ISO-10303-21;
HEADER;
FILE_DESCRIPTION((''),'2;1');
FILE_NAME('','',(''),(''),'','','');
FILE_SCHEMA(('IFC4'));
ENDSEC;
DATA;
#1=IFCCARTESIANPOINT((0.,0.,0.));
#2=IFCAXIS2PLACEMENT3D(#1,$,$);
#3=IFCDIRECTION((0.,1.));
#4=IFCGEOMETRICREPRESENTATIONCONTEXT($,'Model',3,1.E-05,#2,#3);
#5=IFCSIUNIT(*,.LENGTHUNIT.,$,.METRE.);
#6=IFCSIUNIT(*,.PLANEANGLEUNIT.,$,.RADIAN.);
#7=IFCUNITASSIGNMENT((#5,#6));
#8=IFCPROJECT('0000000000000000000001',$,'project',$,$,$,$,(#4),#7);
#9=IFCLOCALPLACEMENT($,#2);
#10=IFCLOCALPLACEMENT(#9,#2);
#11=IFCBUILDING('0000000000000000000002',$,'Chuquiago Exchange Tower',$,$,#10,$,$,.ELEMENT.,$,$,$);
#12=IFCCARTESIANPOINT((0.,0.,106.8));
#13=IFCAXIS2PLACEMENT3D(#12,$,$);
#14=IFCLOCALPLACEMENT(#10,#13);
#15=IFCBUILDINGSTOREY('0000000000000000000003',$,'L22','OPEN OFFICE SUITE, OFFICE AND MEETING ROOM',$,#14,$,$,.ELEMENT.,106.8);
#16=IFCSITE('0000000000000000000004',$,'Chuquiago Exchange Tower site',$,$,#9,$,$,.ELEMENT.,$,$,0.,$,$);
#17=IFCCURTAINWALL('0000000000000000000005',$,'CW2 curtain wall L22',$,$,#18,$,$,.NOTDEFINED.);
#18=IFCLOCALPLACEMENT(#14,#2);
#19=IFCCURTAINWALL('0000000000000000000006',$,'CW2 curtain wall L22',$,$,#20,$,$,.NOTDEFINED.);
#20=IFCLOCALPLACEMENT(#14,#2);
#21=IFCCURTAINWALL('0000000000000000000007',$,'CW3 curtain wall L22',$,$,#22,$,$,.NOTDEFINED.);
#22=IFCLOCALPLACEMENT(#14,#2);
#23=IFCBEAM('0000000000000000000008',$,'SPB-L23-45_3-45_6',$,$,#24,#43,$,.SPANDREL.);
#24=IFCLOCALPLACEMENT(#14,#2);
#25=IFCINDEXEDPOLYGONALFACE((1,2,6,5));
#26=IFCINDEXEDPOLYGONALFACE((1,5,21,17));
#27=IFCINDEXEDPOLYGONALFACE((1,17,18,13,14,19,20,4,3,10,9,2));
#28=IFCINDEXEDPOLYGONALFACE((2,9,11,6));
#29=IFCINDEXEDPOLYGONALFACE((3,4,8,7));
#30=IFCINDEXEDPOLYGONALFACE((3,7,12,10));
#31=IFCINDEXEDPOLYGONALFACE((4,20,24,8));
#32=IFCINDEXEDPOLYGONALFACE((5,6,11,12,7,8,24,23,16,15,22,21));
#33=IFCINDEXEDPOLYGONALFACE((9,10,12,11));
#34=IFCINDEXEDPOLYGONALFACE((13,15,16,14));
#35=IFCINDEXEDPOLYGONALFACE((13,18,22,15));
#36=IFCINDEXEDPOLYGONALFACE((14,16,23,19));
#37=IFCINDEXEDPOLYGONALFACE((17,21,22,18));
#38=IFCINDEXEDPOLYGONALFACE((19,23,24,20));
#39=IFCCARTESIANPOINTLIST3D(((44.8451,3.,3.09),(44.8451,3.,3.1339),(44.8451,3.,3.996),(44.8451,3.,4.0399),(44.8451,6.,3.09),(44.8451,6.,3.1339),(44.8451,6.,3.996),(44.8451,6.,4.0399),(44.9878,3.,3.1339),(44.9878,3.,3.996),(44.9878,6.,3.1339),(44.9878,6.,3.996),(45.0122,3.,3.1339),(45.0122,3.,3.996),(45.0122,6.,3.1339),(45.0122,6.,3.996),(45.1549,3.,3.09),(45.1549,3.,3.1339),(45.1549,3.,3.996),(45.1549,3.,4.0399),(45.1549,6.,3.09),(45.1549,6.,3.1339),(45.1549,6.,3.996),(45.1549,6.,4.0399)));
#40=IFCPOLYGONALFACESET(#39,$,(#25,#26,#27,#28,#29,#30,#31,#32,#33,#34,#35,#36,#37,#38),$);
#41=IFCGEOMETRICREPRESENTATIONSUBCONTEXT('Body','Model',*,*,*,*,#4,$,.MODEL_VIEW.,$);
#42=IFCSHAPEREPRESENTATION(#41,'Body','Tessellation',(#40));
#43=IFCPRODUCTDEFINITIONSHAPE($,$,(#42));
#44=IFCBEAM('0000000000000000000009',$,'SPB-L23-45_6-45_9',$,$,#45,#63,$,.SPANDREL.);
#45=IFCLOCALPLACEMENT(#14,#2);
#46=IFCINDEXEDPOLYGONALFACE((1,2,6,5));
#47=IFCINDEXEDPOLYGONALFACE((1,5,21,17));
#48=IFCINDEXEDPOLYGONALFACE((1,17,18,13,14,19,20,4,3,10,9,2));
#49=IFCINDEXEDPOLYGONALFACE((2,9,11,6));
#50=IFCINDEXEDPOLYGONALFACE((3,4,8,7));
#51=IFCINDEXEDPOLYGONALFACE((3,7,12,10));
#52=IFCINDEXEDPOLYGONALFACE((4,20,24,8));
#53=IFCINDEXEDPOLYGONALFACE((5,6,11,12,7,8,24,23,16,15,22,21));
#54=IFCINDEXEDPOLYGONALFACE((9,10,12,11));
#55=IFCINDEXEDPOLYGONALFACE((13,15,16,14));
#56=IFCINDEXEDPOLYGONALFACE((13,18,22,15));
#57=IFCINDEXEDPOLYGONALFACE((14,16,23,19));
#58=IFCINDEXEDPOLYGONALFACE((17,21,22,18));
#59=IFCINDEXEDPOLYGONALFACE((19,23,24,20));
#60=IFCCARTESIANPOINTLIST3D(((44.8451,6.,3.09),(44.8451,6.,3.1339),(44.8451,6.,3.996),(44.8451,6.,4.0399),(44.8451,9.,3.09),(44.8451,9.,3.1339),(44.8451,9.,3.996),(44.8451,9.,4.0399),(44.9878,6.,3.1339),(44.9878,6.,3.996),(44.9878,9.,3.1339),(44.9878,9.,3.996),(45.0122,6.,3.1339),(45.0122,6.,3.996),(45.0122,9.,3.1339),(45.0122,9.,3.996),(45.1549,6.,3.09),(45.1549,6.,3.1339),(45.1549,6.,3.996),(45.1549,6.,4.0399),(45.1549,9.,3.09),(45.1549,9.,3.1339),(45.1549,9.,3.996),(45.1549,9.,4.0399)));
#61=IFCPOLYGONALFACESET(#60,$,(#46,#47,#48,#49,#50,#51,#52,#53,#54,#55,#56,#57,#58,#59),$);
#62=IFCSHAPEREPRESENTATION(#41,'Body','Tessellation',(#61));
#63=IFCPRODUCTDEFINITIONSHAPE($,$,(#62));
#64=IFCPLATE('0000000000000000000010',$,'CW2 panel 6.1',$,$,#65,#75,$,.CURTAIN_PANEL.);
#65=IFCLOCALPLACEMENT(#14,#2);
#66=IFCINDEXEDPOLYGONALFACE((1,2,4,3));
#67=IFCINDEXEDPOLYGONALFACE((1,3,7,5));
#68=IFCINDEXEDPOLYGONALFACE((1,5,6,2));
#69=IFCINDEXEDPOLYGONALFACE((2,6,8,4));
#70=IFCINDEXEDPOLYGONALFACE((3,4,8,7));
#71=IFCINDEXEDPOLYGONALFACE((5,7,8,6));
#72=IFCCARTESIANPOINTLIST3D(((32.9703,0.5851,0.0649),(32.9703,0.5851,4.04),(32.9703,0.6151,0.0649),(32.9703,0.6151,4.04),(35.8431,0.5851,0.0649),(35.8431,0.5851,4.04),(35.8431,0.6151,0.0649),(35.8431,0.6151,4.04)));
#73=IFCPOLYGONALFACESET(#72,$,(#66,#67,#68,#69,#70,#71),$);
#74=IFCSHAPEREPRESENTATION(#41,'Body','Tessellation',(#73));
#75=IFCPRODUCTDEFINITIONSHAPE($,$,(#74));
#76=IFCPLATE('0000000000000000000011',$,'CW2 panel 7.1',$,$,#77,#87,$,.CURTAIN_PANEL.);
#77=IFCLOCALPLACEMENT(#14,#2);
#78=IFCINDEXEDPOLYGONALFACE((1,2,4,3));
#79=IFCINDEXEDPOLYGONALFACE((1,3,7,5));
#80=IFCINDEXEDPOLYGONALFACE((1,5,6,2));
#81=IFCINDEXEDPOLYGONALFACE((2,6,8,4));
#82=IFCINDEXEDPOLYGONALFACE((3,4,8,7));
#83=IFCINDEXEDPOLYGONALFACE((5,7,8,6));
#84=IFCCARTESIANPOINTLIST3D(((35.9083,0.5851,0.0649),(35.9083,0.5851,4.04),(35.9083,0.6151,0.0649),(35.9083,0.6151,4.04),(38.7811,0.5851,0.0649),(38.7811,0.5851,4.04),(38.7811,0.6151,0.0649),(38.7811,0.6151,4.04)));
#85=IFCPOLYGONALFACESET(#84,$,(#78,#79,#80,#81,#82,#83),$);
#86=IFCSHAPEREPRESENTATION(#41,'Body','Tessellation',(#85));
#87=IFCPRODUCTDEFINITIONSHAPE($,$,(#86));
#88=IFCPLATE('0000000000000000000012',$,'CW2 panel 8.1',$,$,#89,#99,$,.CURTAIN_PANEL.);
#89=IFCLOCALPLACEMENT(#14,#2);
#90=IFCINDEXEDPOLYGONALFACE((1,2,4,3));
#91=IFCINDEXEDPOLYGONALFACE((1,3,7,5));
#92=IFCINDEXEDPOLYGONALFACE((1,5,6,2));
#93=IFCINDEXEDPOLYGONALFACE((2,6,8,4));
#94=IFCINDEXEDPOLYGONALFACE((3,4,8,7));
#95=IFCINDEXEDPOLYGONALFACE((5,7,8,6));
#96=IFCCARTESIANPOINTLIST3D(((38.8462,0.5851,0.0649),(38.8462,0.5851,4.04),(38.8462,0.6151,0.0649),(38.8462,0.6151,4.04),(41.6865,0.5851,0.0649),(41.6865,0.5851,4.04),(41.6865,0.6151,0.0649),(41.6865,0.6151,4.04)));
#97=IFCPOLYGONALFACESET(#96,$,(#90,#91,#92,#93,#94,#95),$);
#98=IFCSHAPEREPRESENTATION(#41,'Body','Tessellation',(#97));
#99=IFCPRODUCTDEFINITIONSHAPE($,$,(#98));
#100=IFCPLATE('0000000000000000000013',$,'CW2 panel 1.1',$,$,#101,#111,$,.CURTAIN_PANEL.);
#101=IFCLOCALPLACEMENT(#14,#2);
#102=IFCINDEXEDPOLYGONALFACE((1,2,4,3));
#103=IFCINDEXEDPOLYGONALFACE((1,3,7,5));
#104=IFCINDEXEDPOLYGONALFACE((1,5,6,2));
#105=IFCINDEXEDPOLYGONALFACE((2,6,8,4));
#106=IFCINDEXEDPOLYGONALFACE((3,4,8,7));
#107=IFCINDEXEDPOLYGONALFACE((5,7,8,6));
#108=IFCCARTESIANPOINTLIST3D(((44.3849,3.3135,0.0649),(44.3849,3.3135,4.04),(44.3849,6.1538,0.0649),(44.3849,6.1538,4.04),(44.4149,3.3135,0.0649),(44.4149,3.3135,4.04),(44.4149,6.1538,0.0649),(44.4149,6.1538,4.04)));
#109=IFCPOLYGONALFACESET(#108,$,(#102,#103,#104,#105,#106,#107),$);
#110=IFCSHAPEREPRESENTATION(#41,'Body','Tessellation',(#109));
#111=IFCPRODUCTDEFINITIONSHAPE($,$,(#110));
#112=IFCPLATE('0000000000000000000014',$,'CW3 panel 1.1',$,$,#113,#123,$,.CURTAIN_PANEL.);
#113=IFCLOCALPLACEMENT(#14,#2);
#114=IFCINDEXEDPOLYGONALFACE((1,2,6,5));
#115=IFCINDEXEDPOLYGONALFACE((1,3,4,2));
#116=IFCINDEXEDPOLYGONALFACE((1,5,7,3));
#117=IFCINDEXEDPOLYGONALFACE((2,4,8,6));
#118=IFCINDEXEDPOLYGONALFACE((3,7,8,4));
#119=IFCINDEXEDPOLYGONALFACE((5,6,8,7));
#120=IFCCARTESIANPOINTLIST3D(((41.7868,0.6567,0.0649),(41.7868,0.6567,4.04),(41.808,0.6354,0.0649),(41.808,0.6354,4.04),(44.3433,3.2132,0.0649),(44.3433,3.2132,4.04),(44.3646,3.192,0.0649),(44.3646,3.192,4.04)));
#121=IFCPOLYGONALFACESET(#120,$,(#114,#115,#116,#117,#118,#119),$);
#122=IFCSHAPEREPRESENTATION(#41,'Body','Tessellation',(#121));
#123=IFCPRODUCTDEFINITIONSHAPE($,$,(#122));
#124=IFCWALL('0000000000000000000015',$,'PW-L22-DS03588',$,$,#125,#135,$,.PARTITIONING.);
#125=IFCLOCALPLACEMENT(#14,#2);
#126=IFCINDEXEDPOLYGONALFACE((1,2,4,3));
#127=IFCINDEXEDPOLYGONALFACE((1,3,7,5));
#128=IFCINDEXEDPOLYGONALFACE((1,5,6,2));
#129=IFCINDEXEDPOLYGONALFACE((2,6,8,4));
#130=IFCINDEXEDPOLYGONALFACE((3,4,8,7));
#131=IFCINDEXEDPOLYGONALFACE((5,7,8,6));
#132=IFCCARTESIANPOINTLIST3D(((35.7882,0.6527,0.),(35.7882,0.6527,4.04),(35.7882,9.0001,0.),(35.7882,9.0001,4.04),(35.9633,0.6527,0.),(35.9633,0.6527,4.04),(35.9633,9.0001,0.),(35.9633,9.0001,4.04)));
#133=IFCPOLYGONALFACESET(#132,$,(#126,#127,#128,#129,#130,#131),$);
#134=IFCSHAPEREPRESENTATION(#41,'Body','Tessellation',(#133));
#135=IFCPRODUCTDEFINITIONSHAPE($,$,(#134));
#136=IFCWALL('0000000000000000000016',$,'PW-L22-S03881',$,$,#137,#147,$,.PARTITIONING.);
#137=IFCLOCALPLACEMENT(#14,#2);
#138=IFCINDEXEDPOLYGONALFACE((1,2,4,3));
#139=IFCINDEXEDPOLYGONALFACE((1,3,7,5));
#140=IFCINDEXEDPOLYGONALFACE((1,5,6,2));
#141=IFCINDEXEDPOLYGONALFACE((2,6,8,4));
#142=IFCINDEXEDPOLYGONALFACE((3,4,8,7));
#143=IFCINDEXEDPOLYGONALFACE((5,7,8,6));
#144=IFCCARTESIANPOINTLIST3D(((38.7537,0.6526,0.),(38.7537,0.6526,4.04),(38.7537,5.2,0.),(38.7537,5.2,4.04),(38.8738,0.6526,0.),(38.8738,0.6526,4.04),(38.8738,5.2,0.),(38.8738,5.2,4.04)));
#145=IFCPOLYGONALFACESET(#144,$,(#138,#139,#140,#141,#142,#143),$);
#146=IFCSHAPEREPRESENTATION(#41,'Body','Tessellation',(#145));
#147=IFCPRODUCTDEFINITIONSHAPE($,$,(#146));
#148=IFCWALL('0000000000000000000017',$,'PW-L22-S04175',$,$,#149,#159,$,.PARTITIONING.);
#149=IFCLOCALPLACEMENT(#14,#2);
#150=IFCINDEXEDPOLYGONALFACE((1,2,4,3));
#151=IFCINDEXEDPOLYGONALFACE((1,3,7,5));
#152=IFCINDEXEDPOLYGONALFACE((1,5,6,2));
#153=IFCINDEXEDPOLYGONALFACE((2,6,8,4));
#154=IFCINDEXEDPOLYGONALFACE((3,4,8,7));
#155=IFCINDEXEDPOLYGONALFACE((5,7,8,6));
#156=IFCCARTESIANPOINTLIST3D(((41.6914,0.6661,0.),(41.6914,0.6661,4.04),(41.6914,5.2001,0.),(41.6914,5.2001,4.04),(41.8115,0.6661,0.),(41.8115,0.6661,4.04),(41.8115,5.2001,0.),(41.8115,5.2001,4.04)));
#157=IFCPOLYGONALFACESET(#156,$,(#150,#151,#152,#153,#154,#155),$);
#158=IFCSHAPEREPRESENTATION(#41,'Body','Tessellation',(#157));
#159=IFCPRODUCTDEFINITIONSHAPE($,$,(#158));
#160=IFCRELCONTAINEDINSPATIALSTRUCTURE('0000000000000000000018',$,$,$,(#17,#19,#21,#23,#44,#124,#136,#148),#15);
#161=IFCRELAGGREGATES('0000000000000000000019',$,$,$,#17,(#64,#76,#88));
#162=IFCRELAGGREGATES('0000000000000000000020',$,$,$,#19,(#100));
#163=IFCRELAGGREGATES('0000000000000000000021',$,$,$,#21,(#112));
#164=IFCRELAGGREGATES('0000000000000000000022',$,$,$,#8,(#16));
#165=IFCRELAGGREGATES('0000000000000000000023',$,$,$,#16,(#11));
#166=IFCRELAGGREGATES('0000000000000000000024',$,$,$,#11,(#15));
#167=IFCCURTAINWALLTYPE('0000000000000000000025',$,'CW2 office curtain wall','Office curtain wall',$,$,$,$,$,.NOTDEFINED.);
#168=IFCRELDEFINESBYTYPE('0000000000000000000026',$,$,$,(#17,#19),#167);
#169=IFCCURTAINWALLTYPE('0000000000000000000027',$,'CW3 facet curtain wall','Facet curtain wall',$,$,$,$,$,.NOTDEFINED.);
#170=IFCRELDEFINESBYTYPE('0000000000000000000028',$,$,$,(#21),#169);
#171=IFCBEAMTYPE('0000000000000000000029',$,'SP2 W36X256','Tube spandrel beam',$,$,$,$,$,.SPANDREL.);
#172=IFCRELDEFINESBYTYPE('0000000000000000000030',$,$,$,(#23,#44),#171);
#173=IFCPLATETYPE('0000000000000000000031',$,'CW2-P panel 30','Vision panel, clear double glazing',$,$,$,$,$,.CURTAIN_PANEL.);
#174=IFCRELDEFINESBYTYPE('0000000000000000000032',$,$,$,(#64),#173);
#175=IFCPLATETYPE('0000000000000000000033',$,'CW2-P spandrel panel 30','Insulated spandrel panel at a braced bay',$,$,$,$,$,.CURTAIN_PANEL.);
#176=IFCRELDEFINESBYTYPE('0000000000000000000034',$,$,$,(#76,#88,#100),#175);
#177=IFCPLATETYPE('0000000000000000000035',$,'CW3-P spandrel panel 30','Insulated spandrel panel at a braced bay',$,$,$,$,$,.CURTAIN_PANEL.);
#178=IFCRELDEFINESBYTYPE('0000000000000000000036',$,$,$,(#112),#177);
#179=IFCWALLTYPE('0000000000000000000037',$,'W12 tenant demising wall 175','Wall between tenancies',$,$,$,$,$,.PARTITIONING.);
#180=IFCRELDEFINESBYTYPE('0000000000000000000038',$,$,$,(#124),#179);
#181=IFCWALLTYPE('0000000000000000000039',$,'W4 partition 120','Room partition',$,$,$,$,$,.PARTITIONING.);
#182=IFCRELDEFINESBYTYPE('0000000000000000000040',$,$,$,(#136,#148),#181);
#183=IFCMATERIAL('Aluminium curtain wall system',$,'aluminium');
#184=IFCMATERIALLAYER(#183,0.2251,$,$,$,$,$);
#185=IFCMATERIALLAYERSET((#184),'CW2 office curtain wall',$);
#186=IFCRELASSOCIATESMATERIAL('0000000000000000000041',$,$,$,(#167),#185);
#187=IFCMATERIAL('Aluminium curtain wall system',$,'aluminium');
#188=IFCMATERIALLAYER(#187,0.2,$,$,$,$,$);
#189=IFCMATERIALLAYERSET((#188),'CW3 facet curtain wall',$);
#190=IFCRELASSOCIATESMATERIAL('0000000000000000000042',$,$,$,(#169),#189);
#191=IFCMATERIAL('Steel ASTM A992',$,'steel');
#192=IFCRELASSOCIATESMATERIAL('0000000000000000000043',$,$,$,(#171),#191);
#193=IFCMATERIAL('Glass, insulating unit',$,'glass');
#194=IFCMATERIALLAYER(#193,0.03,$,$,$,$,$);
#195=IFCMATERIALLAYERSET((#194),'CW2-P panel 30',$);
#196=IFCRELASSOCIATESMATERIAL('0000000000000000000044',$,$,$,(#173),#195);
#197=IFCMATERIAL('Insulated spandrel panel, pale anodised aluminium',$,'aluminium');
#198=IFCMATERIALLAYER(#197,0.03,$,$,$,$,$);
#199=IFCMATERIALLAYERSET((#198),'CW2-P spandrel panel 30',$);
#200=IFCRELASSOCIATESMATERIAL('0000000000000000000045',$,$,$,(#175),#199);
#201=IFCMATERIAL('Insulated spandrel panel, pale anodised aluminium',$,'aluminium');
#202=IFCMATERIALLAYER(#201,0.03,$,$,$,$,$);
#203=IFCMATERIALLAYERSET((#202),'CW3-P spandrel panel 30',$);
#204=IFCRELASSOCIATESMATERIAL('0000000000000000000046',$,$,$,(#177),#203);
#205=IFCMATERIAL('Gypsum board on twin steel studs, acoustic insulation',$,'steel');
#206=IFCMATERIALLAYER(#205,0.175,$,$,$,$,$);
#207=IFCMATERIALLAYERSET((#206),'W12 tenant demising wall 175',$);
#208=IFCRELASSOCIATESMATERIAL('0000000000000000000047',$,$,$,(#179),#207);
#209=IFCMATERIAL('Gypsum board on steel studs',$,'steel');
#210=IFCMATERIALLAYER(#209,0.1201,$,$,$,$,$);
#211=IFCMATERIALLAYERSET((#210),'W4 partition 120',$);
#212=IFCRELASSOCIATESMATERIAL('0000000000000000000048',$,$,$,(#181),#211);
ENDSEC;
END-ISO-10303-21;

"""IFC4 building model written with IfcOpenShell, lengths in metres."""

from ifc_helpers import new_model, si_unit, direction, frame, frame_2d, origin, origin_2d, place, context, subcontext, project, spatial, rectangle, i_section, extrude, material, layer, layer_set, material_profile, profile_set, type_object, element, aggregate, save


model = new_model("IFC4")

# Units and contexts
model_context = context("Model", 3, precision=1e-05, world=origin(), true_north=direction((0.0, 1.0)))
body_context = subcontext(model_context, "Body", "Model", "MODEL_VIEW")
ifc_project = project(units=[si_unit("LENGTHUNIT", "METRE"), si_unit("PLANEANGLEUNIT", "RADIAN")], contexts=[model_context])

# Site, building, storey
site_placement = place(None, origin())
site = spatial("IfcSite", under=ifc_project, at=site_placement, Name="Chuquiago Exchange Tower site", CompositionType="ELEMENT", RefElevation=0.0)
building_placement = place(site_placement, origin())
building = spatial("IfcBuilding", under=site, at=building_placement, Name="Chuquiago Exchange Tower", CompositionType="ELEMENT")
storey_placement = place(building_placement, frame((0.0, 0.0, 106.8)))
storey = spatial("IfcBuildingStorey", under=building, at=storey_placement, Name="L22", Description="OPEN OFFICE SUITE, OFFICE AND MEETING ROOM", CompositionType="ELEMENT", Elevation=106.8)

# Curtain walls
ifc_material_1 = material(Name="Aluminium curtain wall system", Category="aluminium")
ifc_layer_1 = layer(ifc_material_1, 0.2251)
ifc_layer_set_1 = layer_set([ifc_layer_1], Name="CW2 office curtain wall")
curtain_wall_type_1 = type_object("IfcCurtainWallType", Name="CW2 office curtain wall", Description="Office curtain wall", PredefinedType="NOTDEFINED", material=ifc_layer_set_1)
curtain_wall_1_placement = place(storey_placement, origin())
curtain_wall_1 = element("IfcCurtainWall", 1, at=curtain_wall_1_placement, inside=storey, type_object=curtain_wall_type_1, Name="CW2 curtain wall L22", PredefinedType="NOTDEFINED")
curtain_wall_2_placement = place(storey_placement, origin())
curtain_wall_2 = element("IfcCurtainWall", 2, at=curtain_wall_2_placement, inside=storey, type_object=curtain_wall_type_1, Name="CW2 curtain wall L22", PredefinedType="NOTDEFINED")

# Curtain wall
ifc_material_2 = material(Name="Aluminium curtain wall system", Category="aluminium")
ifc_layer_2 = layer(ifc_material_2, 0.2)
ifc_layer_set_2 = layer_set([ifc_layer_2], Name="CW3 facet curtain wall")
curtain_wall_type_2 = type_object("IfcCurtainWallType", Name="CW3 facet curtain wall", Description="Facet curtain wall", PredefinedType="NOTDEFINED", material=ifc_layer_set_2)
curtain_wall_3_placement = place(storey_placement, origin())
curtain_wall_3 = element("IfcCurtainWall", 3, at=curtain_wall_3_placement, inside=storey, type_object=curtain_wall_type_2, Name="CW3 curtain wall L22", PredefinedType="NOTDEFINED")

# Beams
ifc_material_3 = material(Name="Steel ASTM A992", Category="steel")
ifc_material_profile_1 = material_profile(ifc_material_3, i_section(OverallWidth=0.3098, OverallDepth=0.95, WebThickness=0.0244, FlangeThickness=0.0439, at=origin_2d()), Name="W36X256")
ifc_profile_set_1 = profile_set([ifc_material_profile_1], Name="Steel ASTM A992")
beam_type = type_object("IfcBeamType", Name="SP2 W36X256", Description="Tube spandrel beam", PredefinedType="SPANDREL", material=ifc_profile_set_1)
for number, where, z_axis, x_axis, name in (
    (4, (45.0, 3.0, 3.5649), (0.0, 1.0, 0.0), (-1.0, 0.0, 0.0), "SPB-L23-45_3-45_6"),
    (5, (45.0, 6.0, 3.5649), (0.0, 1.0, 0.0), (-1.0, 0.0, 0.0), "SPB-L23-45_6-45_9"),
):
    element("IfcBeam", number, at=place(storey_placement, frame(where, z_axis=z_axis, x_axis=x_axis)), inside=storey, type_object=beam_type, Name=name, PredefinedType="SPANDREL", context=body_context, shape_type="SweptSolid", body=[
        extrude(i_section(OverallWidth=0.3098, OverallDepth=0.95, WebThickness=0.0244, FlangeThickness=0.0439, at=origin_2d()), origin(), (0.0, 0.0, 1.0), 3.0),
    ])

# Plates
ifc_material_4 = material(Name="Glass, insulating unit", Category="glass")
ifc_layer_3 = layer(ifc_material_4, 0.03)
ifc_layer_set_3 = layer_set([ifc_layer_3], Name="CW2-P panel 30")
plate_type_1 = type_object("IfcPlateType", Name="CW2-P panel 30", Description="Vision panel, clear double glazing", PredefinedType="CURTAIN_PANEL", material=ifc_layer_set_3)
plate_1_placement = place(storey_placement, frame((34.4067, 0.6001, 0.0649), z_axis=(0.0, 0.0, 1.0), x_axis=(1.0, 0.0, 0.0)))
plate_1 = element("IfcPlate", 6, at=plate_1_placement, type_object=plate_type_1, Name="CW2 panel 6.1", PredefinedType="CURTAIN_PANEL", context=body_context, shape_type="SweptSolid", body=[
    extrude(rectangle(XDim=2.8728, YDim=0.03, at=origin_2d()), origin(), (0.0, 0.0, 1.0), 3.9751),
])
ifc_material_5 = material(Name="Insulated spandrel panel, pale anodised aluminium", Category="aluminium")
ifc_layer_4 = layer(ifc_material_5, 0.03)
ifc_layer_set_4 = layer_set([ifc_layer_4], Name="CW2-P spandrel panel 30")
plate_type_2 = type_object("IfcPlateType", Name="CW2-P spandrel panel 30", Description="Insulated spandrel panel at a braced bay", PredefinedType="CURTAIN_PANEL", material=ifc_layer_set_4)
plate_2_placement = place(storey_placement, frame((37.3447, 0.6001, 0.0649), z_axis=(0.0, 0.0, 1.0), x_axis=(1.0, 0.0, 0.0)))
plate_2 = element("IfcPlate", 7, at=plate_2_placement, type_object=plate_type_2, Name="CW2 panel 7.1", PredefinedType="CURTAIN_PANEL", context=body_context, shape_type="SweptSolid", body=[
    extrude(rectangle(XDim=2.8728, YDim=0.03, at=origin_2d()), origin(), (0.0, 0.0, 1.0), 3.9751),
])
plate_3_placement = place(storey_placement, frame((40.2664, 0.6001, 0.0649), z_axis=(0.0, 0.0, 1.0), x_axis=(1.0, 0.0, 0.0)))
plate_3 = element("IfcPlate", 8, at=plate_3_placement, type_object=plate_type_2, Name="CW2 panel 8.1", PredefinedType="CURTAIN_PANEL", context=body_context, shape_type="SweptSolid", body=[
    extrude(rectangle(XDim=2.8403, YDim=0.03, at=origin_2d()), origin(), (0.0, 0.0, 1.0), 3.9751),
])
aggregate(curtain_wall_1, [plate_1, plate_2, plate_3])
plate_4_placement = place(storey_placement, frame((44.3999, 4.7336, 0.0649), z_axis=(0.0, 0.0, 1.0), x_axis=(0.0, 1.0, 0.0)))
plate_4 = element("IfcPlate", 9, at=plate_4_placement, type_object=plate_type_2, Name="CW2 panel 1.1", PredefinedType="CURTAIN_PANEL", context=body_context, shape_type="SweptSolid", body=[
    extrude(rectangle(XDim=2.8403, YDim=0.03, at=origin_2d()), origin(), (0.0, 0.0, 1.0), 3.9751),
])
aggregate(curtain_wall_2, [plate_4])
ifc_material_6 = material(Name="Insulated spandrel panel, pale anodised aluminium", Category="aluminium")
ifc_layer_5 = layer(ifc_material_6, 0.03)
ifc_layer_set_5 = layer_set([ifc_layer_5], Name="CW3-P spandrel panel 30")
plate_type_3 = type_object("IfcPlateType", Name="CW3-P spandrel panel 30", Description="Insulated spandrel panel at a braced bay", PredefinedType="CURTAIN_PANEL", material=ifc_layer_set_5)
plate_5_placement = place(storey_placement, frame((43.0757, 1.9243, 0.0649), z_axis=(0.0, 0.0, 1.0), x_axis=(0.707107, 0.707107, 0.0)))
plate_5 = element("IfcPlate", 10, at=plate_5_placement, type_object=plate_type_3, Name="CW3 panel 1.1", PredefinedType="CURTAIN_PANEL", context=body_context, shape_type="SweptSolid", body=[
    extrude(rectangle(XDim=3.6155, YDim=0.03, at=origin_2d()), origin(), (0.0, 0.0, 1.0), 3.9751),
])
aggregate(curtain_wall_3, [plate_5])

# Walls
ifc_material_7 = material(Name="Gypsum board on twin steel studs, acoustic insulation", Category="steel")
ifc_layer_6 = layer(ifc_material_7, 0.175)
ifc_layer_set_6 = layer_set([ifc_layer_6], Name="W12 tenant demising wall 175")
wall_type_1 = type_object("IfcWallType", Name="W12 tenant demising wall 175", Description="Wall between tenancies", PredefinedType="PARTITIONING", material=ifc_layer_set_6)
wall_1_placement = place(storey_placement, frame((35.8757, 0.6526, 0.0), z_axis=(0.0, 0.0, 1.0), x_axis=(0.0, 1.0, 0.0)))
element("IfcWall", 11, at=wall_1_placement, inside=storey, type_object=wall_type_1, Name="PW-L22-DS03588", PredefinedType="PARTITIONING", context=body_context, shape_type="SweptSolid", body=[
    extrude(rectangle(XDim=8.3474, YDim=0.175, at=frame_2d((4.1738, 0.0))), origin(), (0.0, 0.0, 1.0), 4.04),
])
ifc_material_8 = material(Name="Gypsum board on steel studs", Category="steel")
ifc_layer_7 = layer(ifc_material_8, 0.1201)
ifc_layer_set_7 = layer_set([ifc_layer_7], Name="W4 partition 120")
wall_type_2 = type_object("IfcWallType", Name="W4 partition 120", Description="Room partition", PredefinedType="PARTITIONING", material=ifc_layer_set_7)
wall_2_placement = place(storey_placement, frame((38.8137, 0.6526, 0.0), z_axis=(0.0, 0.0, 1.0), x_axis=(0.0, 1.0, 0.0)))
element("IfcWall", 12, at=wall_2_placement, inside=storey, type_object=wall_type_2, Name="PW-L22-S03881", PredefinedType="PARTITIONING", context=body_context, shape_type="SweptSolid", body=[
    extrude(rectangle(XDim=4.5474, YDim=0.1201, at=frame_2d((2.2737, 0.0))), origin(), (0.0, 0.0, 1.0), 4.04),
])
wall_3_placement = place(storey_placement, frame((41.7515, 0.666, 0.0), z_axis=(0.0, 0.0, 1.0), x_axis=(0.0, 1.0, 0.0)))
element("IfcWall", 13, at=wall_3_placement, inside=storey, type_object=wall_type_2, Name="PW-L22-S04175", PredefinedType="PARTITIONING", context=body_context, shape_type="SweptSolid", body=[
    extrude(rectangle(XDim=4.5339, YDim=0.1201, at=frame_2d((2.2671, 0.0))), origin(), (0.0, 0.0, 1.0), 4.04),
])

save(model, "model.ifc")
